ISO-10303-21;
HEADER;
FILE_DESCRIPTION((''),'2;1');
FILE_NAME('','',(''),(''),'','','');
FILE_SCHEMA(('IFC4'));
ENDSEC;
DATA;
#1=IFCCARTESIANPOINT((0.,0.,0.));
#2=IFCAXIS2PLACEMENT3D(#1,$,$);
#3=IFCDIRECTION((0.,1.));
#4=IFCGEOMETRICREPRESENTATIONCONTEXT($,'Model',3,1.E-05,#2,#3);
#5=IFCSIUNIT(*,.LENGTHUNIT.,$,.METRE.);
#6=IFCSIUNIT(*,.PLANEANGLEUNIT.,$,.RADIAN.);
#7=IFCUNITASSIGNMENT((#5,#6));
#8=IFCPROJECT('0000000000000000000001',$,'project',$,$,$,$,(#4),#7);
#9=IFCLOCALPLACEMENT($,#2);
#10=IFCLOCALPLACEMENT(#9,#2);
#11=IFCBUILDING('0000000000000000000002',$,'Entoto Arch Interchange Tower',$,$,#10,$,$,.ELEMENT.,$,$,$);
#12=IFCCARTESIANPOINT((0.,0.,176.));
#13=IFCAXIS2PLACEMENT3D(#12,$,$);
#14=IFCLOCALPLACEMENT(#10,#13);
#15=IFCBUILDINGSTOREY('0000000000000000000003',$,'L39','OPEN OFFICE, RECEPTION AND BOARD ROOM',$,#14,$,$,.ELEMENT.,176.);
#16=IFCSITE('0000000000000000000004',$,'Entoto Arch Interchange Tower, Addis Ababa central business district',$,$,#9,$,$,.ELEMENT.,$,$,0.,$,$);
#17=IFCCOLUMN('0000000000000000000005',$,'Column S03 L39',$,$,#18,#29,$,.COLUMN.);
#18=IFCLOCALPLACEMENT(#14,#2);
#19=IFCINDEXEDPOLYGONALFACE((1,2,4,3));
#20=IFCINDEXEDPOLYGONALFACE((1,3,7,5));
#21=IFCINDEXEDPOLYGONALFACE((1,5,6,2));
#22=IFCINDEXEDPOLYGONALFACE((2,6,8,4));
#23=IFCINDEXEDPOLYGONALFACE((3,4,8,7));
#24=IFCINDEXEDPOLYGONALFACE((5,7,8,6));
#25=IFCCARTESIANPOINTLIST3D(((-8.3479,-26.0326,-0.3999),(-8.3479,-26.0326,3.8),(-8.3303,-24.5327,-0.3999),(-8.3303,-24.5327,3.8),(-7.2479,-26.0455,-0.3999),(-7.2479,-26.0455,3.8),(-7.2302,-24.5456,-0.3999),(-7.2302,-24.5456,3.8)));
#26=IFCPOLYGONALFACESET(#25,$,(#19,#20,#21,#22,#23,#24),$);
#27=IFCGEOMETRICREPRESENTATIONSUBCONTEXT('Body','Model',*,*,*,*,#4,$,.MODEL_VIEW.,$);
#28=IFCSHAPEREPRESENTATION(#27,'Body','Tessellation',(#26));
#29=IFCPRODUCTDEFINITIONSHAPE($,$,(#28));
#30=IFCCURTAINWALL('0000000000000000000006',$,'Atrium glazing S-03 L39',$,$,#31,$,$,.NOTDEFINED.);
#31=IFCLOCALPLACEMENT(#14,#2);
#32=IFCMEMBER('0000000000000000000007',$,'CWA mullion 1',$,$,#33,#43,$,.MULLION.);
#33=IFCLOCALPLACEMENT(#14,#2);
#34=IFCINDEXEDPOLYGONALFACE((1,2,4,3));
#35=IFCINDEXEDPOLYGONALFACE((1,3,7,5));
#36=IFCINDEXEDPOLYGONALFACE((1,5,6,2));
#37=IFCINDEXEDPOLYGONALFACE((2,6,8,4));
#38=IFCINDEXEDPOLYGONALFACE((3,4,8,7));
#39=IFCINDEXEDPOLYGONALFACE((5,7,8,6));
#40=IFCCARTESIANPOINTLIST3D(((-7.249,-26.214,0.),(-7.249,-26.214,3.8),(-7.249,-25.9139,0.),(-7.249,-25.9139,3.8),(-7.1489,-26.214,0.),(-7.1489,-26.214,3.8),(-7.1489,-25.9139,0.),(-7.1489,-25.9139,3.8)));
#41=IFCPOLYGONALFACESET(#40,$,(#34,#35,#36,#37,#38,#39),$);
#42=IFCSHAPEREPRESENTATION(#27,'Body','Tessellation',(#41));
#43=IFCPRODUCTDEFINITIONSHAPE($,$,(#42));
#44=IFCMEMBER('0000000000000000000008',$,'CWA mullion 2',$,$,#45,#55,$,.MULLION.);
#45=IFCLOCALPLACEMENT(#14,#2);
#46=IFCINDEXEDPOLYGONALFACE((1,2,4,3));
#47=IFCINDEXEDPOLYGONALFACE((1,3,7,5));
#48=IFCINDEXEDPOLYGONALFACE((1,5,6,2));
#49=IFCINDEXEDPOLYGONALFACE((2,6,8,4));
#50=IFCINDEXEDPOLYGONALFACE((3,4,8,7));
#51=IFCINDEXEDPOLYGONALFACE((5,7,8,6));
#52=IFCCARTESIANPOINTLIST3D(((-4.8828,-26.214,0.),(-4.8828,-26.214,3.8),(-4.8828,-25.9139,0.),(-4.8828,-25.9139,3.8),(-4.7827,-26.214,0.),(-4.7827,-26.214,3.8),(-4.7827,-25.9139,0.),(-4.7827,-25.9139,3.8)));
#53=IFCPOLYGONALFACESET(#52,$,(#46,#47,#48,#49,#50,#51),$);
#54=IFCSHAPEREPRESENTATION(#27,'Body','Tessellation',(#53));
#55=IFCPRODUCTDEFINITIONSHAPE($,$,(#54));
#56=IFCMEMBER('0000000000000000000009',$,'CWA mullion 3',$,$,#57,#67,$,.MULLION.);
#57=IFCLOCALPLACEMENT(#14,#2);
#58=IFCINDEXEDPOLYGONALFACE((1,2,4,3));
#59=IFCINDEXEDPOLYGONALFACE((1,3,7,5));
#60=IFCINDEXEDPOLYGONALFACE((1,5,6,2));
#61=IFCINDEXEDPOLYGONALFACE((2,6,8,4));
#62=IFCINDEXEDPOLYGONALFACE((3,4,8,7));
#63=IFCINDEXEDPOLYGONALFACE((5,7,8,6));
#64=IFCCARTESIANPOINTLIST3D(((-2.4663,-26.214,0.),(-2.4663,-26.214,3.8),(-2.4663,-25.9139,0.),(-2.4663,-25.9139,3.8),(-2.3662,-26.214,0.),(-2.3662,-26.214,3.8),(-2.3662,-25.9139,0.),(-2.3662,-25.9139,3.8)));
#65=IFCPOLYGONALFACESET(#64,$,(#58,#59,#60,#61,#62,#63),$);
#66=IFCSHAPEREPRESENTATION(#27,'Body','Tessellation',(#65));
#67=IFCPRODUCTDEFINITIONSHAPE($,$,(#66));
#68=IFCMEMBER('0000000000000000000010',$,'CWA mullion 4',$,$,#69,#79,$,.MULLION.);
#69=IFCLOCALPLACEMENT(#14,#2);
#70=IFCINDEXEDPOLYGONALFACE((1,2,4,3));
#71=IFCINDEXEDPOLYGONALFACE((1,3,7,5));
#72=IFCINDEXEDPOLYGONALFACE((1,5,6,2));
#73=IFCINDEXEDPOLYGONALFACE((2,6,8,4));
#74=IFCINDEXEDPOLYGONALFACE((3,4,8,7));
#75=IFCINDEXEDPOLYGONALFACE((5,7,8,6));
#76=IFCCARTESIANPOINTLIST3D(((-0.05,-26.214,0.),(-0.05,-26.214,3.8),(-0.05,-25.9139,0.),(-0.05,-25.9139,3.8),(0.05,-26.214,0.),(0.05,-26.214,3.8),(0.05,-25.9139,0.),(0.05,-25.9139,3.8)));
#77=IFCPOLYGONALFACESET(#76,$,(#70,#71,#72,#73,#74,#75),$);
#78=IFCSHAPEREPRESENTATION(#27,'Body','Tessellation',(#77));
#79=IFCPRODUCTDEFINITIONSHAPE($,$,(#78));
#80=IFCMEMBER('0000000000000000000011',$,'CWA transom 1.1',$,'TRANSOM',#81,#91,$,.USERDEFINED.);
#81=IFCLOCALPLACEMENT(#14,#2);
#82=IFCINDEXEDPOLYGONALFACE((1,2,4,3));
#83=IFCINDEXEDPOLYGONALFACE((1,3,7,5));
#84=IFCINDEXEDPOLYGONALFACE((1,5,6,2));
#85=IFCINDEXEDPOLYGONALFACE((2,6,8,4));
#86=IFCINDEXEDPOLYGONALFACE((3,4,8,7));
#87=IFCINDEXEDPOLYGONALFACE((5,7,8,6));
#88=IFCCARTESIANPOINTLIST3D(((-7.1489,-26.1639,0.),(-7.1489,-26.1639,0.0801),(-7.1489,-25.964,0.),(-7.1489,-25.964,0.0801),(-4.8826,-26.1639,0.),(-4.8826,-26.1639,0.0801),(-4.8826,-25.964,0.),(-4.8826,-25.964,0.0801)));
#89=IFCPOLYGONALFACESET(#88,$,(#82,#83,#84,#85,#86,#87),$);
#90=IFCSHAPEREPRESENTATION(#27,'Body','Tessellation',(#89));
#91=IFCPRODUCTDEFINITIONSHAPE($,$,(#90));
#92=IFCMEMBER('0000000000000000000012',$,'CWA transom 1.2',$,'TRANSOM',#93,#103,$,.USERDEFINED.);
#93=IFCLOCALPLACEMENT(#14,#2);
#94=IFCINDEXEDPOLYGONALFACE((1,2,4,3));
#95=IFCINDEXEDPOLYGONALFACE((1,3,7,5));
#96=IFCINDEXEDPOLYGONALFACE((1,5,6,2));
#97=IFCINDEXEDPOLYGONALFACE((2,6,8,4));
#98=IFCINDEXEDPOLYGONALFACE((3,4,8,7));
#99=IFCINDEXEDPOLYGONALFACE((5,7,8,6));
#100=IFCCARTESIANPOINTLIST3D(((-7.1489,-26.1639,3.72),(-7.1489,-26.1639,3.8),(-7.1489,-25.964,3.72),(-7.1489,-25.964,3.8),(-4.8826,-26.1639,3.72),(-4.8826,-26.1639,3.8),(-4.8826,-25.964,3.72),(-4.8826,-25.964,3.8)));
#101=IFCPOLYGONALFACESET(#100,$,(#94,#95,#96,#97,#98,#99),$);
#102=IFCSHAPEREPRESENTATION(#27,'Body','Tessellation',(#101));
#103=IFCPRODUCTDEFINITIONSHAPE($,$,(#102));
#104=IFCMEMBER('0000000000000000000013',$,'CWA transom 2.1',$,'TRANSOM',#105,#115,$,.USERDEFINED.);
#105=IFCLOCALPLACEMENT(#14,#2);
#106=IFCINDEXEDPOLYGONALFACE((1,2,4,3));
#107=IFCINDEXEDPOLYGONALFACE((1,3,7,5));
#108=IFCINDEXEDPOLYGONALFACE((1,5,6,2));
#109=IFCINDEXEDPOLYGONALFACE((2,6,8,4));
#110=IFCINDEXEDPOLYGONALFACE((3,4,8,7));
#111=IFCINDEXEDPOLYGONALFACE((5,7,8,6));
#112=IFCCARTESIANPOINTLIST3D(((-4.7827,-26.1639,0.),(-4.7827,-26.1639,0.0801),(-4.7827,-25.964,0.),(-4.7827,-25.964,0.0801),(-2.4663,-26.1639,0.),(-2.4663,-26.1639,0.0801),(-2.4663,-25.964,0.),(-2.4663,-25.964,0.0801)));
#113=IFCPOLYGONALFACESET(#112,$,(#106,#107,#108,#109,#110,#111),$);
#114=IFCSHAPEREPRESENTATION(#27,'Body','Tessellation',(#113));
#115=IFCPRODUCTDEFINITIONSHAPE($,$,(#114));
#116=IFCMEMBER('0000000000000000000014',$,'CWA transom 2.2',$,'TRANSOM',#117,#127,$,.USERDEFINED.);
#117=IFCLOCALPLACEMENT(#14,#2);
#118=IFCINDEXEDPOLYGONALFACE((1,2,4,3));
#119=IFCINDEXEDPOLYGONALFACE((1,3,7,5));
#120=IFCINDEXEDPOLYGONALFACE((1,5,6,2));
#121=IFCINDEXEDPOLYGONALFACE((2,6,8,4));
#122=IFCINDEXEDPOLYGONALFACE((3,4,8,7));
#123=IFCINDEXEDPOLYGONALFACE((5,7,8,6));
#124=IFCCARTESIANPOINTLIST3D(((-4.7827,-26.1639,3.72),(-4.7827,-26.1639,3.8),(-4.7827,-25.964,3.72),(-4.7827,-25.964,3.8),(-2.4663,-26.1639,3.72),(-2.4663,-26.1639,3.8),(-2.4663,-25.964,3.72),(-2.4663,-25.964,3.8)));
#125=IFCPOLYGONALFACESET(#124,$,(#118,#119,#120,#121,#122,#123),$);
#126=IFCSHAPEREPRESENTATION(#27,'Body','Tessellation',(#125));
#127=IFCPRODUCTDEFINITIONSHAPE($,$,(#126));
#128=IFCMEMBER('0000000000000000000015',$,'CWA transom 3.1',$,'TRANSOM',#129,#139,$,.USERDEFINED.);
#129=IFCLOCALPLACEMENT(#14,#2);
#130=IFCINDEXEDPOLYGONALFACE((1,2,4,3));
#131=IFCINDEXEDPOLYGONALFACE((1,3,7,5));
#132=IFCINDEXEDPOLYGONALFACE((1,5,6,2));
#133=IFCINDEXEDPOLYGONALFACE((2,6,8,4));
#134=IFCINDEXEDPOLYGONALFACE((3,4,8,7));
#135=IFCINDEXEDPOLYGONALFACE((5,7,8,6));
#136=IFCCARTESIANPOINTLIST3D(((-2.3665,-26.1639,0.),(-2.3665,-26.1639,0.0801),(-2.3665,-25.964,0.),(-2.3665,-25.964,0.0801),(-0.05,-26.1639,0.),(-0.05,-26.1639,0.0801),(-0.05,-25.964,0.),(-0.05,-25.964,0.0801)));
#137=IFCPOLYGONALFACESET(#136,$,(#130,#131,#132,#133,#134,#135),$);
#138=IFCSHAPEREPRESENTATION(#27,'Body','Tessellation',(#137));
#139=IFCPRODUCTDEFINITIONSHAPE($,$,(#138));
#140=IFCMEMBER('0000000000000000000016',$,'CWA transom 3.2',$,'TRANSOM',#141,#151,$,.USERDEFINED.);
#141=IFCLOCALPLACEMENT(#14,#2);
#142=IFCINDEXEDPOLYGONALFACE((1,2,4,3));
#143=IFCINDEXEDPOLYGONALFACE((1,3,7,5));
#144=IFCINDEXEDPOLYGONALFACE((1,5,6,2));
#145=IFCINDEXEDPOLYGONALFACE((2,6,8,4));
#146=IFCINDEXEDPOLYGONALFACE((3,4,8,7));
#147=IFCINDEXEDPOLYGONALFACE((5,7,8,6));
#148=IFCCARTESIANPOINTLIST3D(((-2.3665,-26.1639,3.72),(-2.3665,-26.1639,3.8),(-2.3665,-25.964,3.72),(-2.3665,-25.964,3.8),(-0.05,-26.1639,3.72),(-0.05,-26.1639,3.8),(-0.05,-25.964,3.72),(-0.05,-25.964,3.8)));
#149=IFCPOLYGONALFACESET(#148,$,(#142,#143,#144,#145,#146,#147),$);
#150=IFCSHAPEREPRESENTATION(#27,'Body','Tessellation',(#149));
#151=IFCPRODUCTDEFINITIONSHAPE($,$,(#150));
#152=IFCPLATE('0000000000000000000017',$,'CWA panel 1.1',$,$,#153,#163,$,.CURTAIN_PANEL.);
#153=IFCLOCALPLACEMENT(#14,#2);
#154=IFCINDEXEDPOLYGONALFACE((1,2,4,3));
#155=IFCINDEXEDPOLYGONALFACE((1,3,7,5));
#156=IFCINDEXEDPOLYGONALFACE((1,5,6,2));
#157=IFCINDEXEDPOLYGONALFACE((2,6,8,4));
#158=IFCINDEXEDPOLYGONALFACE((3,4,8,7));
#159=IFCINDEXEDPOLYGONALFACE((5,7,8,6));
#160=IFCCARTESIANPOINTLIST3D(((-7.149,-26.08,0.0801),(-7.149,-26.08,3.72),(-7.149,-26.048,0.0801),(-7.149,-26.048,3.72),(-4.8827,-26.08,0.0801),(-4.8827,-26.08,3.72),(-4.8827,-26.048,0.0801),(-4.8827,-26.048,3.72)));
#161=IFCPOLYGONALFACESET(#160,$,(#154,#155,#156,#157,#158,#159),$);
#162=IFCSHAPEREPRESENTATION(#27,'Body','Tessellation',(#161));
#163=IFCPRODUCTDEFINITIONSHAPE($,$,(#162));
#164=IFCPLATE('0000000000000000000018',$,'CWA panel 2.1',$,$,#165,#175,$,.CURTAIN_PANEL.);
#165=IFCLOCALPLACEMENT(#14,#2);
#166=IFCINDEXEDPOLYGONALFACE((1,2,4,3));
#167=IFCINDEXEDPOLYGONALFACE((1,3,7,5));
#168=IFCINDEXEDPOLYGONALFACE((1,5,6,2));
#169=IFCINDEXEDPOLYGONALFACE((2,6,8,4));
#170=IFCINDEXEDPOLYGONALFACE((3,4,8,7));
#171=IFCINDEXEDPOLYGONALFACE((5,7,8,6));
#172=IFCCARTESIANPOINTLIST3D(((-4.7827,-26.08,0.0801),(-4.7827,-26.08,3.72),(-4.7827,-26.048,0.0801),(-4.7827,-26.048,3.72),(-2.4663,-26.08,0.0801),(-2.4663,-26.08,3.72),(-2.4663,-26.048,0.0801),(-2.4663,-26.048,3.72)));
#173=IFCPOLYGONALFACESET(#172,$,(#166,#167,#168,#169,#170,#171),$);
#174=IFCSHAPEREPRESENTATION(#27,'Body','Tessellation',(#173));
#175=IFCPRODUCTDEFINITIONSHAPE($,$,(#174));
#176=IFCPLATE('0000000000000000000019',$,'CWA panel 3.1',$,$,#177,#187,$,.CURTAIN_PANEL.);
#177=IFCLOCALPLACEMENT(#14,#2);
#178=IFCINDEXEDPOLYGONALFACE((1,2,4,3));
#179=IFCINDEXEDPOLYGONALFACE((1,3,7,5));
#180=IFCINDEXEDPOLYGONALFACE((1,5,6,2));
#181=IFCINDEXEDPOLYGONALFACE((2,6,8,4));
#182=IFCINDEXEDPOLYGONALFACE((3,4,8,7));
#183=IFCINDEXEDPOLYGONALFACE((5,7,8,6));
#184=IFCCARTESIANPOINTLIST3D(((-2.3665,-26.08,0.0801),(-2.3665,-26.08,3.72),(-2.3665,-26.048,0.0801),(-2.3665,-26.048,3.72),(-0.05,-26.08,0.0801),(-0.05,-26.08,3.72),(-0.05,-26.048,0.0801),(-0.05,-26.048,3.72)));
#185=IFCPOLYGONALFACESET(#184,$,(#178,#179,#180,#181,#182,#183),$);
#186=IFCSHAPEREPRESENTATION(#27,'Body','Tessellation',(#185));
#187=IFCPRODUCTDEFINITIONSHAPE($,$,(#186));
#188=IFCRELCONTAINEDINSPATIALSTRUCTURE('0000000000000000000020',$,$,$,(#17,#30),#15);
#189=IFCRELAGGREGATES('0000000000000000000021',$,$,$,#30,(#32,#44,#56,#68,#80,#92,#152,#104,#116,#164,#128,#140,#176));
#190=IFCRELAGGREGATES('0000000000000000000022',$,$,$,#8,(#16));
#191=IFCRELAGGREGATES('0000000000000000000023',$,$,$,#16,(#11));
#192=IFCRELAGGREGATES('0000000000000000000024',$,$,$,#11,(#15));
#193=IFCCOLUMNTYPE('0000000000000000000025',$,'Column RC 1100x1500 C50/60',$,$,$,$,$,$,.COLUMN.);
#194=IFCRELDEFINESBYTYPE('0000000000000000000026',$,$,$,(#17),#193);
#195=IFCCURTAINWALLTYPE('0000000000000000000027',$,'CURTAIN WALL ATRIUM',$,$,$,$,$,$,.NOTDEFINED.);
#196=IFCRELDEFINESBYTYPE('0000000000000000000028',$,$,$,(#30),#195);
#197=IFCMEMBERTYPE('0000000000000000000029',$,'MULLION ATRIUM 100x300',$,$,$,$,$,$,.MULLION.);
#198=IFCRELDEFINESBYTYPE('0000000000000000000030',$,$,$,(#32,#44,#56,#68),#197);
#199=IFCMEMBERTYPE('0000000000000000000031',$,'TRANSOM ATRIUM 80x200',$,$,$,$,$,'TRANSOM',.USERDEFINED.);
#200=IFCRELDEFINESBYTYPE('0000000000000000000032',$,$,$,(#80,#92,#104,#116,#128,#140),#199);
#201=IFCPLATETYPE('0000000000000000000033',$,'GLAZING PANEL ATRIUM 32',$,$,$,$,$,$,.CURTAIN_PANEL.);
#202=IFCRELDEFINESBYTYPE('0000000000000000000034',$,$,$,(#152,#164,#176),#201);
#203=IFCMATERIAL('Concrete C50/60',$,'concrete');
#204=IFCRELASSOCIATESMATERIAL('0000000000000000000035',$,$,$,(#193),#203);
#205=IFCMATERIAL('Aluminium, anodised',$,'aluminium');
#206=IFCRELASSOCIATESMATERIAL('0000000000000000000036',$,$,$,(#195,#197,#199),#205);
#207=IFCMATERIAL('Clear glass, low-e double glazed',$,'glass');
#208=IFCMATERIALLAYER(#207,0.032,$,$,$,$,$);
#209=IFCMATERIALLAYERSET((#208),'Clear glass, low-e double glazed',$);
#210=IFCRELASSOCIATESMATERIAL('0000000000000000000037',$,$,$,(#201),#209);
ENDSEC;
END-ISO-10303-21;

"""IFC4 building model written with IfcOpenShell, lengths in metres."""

from ifc_helpers import new_model, si_unit, direction, frame, origin, origin_2d, place, context, subcontext, project, spatial, rectangle, extrude, material, layer, layer_set, material_profile, profile_set, type_object, element, aggregate, save


model = new_model("IFC4")

# Units and contexts
model_context = context("Model", 3, precision=1e-05, world=origin(), true_north=direction((0.0, 1.0)))
body_context = subcontext(model_context, "Body", "Model", "MODEL_VIEW")
ifc_project = project(units=[si_unit("LENGTHUNIT", "METRE"), si_unit("PLANEANGLEUNIT", "RADIAN")], contexts=[model_context])

# Site, building, storey
site_placement = place(None, origin())
site = spatial("IfcSite", under=ifc_project, at=site_placement, Name="Entoto Arch Interchange Tower, Addis Ababa central business district", CompositionType="ELEMENT", RefElevation=0.0)
building_placement = place(site_placement, origin())
building = spatial("IfcBuilding", under=site, at=building_placement, Name="Entoto Arch Interchange Tower", CompositionType="ELEMENT")
storey_placement = place(building_placement, frame((0.0, 0.0, 176.0)))
storey = spatial("IfcBuildingStorey", under=building, at=storey_placement, Name="L39", Description="OPEN OFFICE, RECEPTION AND BOARD ROOM", CompositionType="ELEMENT", Elevation=176.0)

# Column
ifc_material_1 = material(Name="Concrete C50/60", Category="concrete")
ifc_material_profile_1 = material_profile(ifc_material_1, rectangle(XDim=1.1001, YDim=1.5, at=origin_2d()))
ifc_profile_set_1 = profile_set([ifc_material_profile_1], Name="Concrete C50/60")
column_type = type_object("IfcColumnType", Name="Column RC 1100x1500 C50/60", PredefinedType="COLUMN", material=ifc_profile_set_1)
column_placement = place(storey_placement, frame((-7.7891, -25.2891, -0.3999), z_axis=(0.0, 0.0, 1.0), x_axis=(-0.999931, 0.011746, 0.0)))
element("IfcColumn", 1, at=column_placement, inside=storey, type_object=column_type, Name="Column S03 L39", PredefinedType="COLUMN", context=body_context, shape_type="SweptSolid", body=[
    extrude(rectangle(XDim=1.1001, YDim=1.5, at=origin_2d()), origin(), (0.0, 0.0, 1.0), 4.2),
])

# Curtain wall, members, plates
ifc_material_2 = material(Name="Aluminium, anodised", Category="aluminium")
curtain_wall_type = type_object("IfcCurtainWallType", Name="CURTAIN WALL ATRIUM", PredefinedType="NOTDEFINED", material=ifc_material_2)
curtain_wall_placement = place(storey_placement, origin())
curtain_wall = element("IfcCurtainWall", 2, at=curtain_wall_placement, inside=storey, type_object=curtain_wall_type, Name="Atrium glazing S-03 L39", PredefinedType="NOTDEFINED")
ifc_material_profile_2 = material_profile(ifc_material_2, rectangle(XDim=0.3, YDim=0.1001, at=origin_2d()))
ifc_profile_set_2 = profile_set([ifc_material_profile_2], Name="Aluminium, anodised")
member_type_1 = type_object("IfcMemberType", Name="MULLION ATRIUM 100x300", PredefinedType="MULLION", material=ifc_profile_set_2)
member_1_placement = place(storey_placement, frame((-7.199, -26.064, 0.0), z_axis=(0.0, 0.0, 1.0), x_axis=(0.0, 1.0, 0.0)))
member_1 = element("IfcMember", 3, at=member_1_placement, type_object=member_type_1, Name="CWA mullion 1", PredefinedType="MULLION", context=body_context, shape_type="SweptSolid", body=[
    extrude(rectangle(XDim=0.3, YDim=0.1001, at=origin_2d()), origin(), (0.0, 0.0, 1.0), 3.8),
])
member_2_placement = place(storey_placement, frame((-4.8328, -26.064, 0.0), z_axis=(0.0, 0.0, 1.0), x_axis=(0.0, 1.0, 0.0)))
member_2 = element("IfcMember", 4, at=member_2_placement, type_object=member_type_1, Name="CWA mullion 2", PredefinedType="MULLION", context=body_context, shape_type="SweptSolid", body=[
    extrude(rectangle(XDim=0.3, YDim=0.1001, at=origin_2d()), origin(), (0.0, 0.0, 1.0), 3.8),
])
member_3_placement = place(storey_placement, frame((-2.4163, -26.064, 0.0), z_axis=(0.0, 0.0, 1.0), x_axis=(0.0, 1.0, 0.0)))
member_3 = element("IfcMember", 5, at=member_3_placement, type_object=member_type_1, Name="CWA mullion 3", PredefinedType="MULLION", context=body_context, shape_type="SweptSolid", body=[
    extrude(rectangle(XDim=0.3, YDim=0.1001, at=origin_2d()), origin(), (0.0, 0.0, 1.0), 3.8),
])
member_4_placement = place(storey_placement, frame((0.0, -26.064, 0.0), z_axis=(0.0, 0.0, 1.0), x_axis=(0.0, 1.0, 0.0)))
member_4 = element("IfcMember", 6, at=member_4_placement, type_object=member_type_1, Name="CWA mullion 4", PredefinedType="MULLION", context=body_context, shape_type="SweptSolid", body=[
    extrude(rectangle(XDim=0.3, YDim=0.1001, at=origin_2d()), origin(), (0.0, 0.0, 1.0), 3.8),
])
ifc_material_profile_3 = material_profile(ifc_material_2, rectangle(XDim=0.2, YDim=0.0801, at=origin_2d()))
ifc_profile_set_3 = profile_set([ifc_material_profile_3], Name="Aluminium, anodised")
member_type_2 = type_object("IfcMemberType", Name="TRANSOM ATRIUM 80x200", ElementType="TRANSOM", PredefinedType="USERDEFINED", material=ifc_profile_set_3)
member_5_placement = place(storey_placement, frame((-7.1489, -26.064, 0.04), z_axis=(1.0, 0.0, 0.0), x_axis=(0.0, 1.0, 0.0)))
member_5 = element("IfcMember", 7, at=member_5_placement, type_object=member_type_2, Name="CWA transom 1.1", ObjectType="TRANSOM", PredefinedType="USERDEFINED", context=body_context, shape_type="SweptSolid", body=[
    extrude(rectangle(XDim=0.2, YDim=0.0801, at=origin_2d()), origin(), (0.0, 0.0, 1.0), 2.2664),
])
member_6_placement = place(storey_placement, frame((-7.1489, -26.064, 3.76), z_axis=(1.0, 0.0, 0.0), x_axis=(0.0, 1.0, 0.0)))
member_6 = element("IfcMember", 8, at=member_6_placement, type_object=member_type_2, Name="CWA transom 1.2", ObjectType="TRANSOM", PredefinedType="USERDEFINED", context=body_context, shape_type="SweptSolid", body=[
    extrude(rectangle(XDim=0.2, YDim=0.0801, at=origin_2d()), origin(), (0.0, 0.0, 1.0), 2.2664),
])
member_7_placement = place(storey_placement, frame((-4.7827, -26.064, 0.04), z_axis=(1.0, 0.0, 0.0), x_axis=(0.0, 1.0, 0.0)))
member_7 = element("IfcMember", 9, at=member_7_placement, type_object=member_type_2, Name="CWA transom 2.1", ObjectType="TRANSOM", PredefinedType="USERDEFINED", context=body_context, shape_type="SweptSolid", body=[
    extrude(rectangle(XDim=0.2, YDim=0.0801, at=origin_2d()), origin(), (0.0, 0.0, 1.0), 2.3164),
])
member_8_placement = place(storey_placement, frame((-4.7827, -26.064, 3.76), z_axis=(1.0, 0.0, 0.0), x_axis=(0.0, 1.0, 0.0)))
member_8 = element("IfcMember", 10, at=member_8_placement, type_object=member_type_2, Name="CWA transom 2.2", ObjectType="TRANSOM", PredefinedType="USERDEFINED", context=body_context, shape_type="SweptSolid", body=[
    extrude(rectangle(XDim=0.2, YDim=0.0801, at=origin_2d()), origin(), (0.0, 0.0, 1.0), 2.3164),
])
member_9_placement = place(storey_placement, frame((-2.3665, -26.064, 0.04), z_axis=(1.0, 0.0, 0.0), x_axis=(0.0, 1.0, 0.0)))
member_9 = element("IfcMember", 11, at=member_9_placement, type_object=member_type_2, Name="CWA transom 3.1", ObjectType="TRANSOM", PredefinedType="USERDEFINED", context=body_context, shape_type="SweptSolid", body=[
    extrude(rectangle(XDim=0.2, YDim=0.0801, at=origin_2d()), origin(), (0.0, 0.0, 1.0), 2.3164),
])
member_10_placement = place(storey_placement, frame((-2.3665, -26.064, 3.76), z_axis=(1.0, 0.0, 0.0), x_axis=(0.0, 1.0, 0.0)))
member_10 = element("IfcMember", 12, at=member_10_placement, type_object=member_type_2, Name="CWA transom 3.2", ObjectType="TRANSOM", PredefinedType="USERDEFINED", context=body_context, shape_type="SweptSolid", body=[
    extrude(rectangle(XDim=0.2, YDim=0.0801, at=origin_2d()), origin(), (0.0, 0.0, 1.0), 2.3164),
])
ifc_material_3 = material(Name="Clear glass, low-e double glazed", Category="glass")
ifc_layer_1 = layer(ifc_material_3, 0.032)
ifc_layer_set_1 = layer_set([ifc_layer_1], Name="Clear glass, low-e double glazed")
plate_type = type_object("IfcPlateType", Name="GLAZING PANEL ATRIUM 32", PredefinedType="CURTAIN_PANEL", material=ifc_layer_set_1)
plate_1_placement = place(storey_placement, frame((-6.0159, -26.064, 0.0801), z_axis=(0.0, 0.0, 1.0), x_axis=(1.0, 0.0, 0.0)))
plate_1 = element("IfcPlate", 13, at=plate_1_placement, type_object=plate_type, Name="CWA panel 1.1", PredefinedType="CURTAIN_PANEL", context=body_context, shape_type="SweptSolid", body=[
    extrude(rectangle(XDim=2.2664, YDim=0.032, at=origin_2d()), origin(), (0.0, 0.0, 1.0), 3.6399),
])
plate_2_placement = place(storey_placement, frame((-3.6245, -26.064, 0.0801), z_axis=(0.0, 0.0, 1.0), x_axis=(1.0, 0.0, 0.0)))
plate_2 = element("IfcPlate", 14, at=plate_2_placement, type_object=plate_type, Name="CWA panel 2.1", PredefinedType="CURTAIN_PANEL", context=body_context, shape_type="SweptSolid", body=[
    extrude(rectangle(XDim=2.3164, YDim=0.032, at=origin_2d()), origin(), (0.0, 0.0, 1.0), 3.6399),
])
plate_3_placement = place(storey_placement, frame((-1.2083, -26.064, 0.0801), z_axis=(0.0, 0.0, 1.0), x_axis=(1.0, 0.0, 0.0)))
plate_3 = element("IfcPlate", 15, at=plate_3_placement, type_object=plate_type, Name="CWA panel 3.1", PredefinedType="CURTAIN_PANEL", context=body_context, shape_type="SweptSolid", body=[
    extrude(rectangle(XDim=2.3164, YDim=0.032, at=origin_2d()), origin(), (0.0, 0.0, 1.0), 3.6399),
])
aggregate(curtain_wall, [member_1, member_2, member_3, member_4, member_5, member_6, plate_1, member_7, member_8, plate_2, member_9, member_10, plate_3])

save(model, "model.ifc")
